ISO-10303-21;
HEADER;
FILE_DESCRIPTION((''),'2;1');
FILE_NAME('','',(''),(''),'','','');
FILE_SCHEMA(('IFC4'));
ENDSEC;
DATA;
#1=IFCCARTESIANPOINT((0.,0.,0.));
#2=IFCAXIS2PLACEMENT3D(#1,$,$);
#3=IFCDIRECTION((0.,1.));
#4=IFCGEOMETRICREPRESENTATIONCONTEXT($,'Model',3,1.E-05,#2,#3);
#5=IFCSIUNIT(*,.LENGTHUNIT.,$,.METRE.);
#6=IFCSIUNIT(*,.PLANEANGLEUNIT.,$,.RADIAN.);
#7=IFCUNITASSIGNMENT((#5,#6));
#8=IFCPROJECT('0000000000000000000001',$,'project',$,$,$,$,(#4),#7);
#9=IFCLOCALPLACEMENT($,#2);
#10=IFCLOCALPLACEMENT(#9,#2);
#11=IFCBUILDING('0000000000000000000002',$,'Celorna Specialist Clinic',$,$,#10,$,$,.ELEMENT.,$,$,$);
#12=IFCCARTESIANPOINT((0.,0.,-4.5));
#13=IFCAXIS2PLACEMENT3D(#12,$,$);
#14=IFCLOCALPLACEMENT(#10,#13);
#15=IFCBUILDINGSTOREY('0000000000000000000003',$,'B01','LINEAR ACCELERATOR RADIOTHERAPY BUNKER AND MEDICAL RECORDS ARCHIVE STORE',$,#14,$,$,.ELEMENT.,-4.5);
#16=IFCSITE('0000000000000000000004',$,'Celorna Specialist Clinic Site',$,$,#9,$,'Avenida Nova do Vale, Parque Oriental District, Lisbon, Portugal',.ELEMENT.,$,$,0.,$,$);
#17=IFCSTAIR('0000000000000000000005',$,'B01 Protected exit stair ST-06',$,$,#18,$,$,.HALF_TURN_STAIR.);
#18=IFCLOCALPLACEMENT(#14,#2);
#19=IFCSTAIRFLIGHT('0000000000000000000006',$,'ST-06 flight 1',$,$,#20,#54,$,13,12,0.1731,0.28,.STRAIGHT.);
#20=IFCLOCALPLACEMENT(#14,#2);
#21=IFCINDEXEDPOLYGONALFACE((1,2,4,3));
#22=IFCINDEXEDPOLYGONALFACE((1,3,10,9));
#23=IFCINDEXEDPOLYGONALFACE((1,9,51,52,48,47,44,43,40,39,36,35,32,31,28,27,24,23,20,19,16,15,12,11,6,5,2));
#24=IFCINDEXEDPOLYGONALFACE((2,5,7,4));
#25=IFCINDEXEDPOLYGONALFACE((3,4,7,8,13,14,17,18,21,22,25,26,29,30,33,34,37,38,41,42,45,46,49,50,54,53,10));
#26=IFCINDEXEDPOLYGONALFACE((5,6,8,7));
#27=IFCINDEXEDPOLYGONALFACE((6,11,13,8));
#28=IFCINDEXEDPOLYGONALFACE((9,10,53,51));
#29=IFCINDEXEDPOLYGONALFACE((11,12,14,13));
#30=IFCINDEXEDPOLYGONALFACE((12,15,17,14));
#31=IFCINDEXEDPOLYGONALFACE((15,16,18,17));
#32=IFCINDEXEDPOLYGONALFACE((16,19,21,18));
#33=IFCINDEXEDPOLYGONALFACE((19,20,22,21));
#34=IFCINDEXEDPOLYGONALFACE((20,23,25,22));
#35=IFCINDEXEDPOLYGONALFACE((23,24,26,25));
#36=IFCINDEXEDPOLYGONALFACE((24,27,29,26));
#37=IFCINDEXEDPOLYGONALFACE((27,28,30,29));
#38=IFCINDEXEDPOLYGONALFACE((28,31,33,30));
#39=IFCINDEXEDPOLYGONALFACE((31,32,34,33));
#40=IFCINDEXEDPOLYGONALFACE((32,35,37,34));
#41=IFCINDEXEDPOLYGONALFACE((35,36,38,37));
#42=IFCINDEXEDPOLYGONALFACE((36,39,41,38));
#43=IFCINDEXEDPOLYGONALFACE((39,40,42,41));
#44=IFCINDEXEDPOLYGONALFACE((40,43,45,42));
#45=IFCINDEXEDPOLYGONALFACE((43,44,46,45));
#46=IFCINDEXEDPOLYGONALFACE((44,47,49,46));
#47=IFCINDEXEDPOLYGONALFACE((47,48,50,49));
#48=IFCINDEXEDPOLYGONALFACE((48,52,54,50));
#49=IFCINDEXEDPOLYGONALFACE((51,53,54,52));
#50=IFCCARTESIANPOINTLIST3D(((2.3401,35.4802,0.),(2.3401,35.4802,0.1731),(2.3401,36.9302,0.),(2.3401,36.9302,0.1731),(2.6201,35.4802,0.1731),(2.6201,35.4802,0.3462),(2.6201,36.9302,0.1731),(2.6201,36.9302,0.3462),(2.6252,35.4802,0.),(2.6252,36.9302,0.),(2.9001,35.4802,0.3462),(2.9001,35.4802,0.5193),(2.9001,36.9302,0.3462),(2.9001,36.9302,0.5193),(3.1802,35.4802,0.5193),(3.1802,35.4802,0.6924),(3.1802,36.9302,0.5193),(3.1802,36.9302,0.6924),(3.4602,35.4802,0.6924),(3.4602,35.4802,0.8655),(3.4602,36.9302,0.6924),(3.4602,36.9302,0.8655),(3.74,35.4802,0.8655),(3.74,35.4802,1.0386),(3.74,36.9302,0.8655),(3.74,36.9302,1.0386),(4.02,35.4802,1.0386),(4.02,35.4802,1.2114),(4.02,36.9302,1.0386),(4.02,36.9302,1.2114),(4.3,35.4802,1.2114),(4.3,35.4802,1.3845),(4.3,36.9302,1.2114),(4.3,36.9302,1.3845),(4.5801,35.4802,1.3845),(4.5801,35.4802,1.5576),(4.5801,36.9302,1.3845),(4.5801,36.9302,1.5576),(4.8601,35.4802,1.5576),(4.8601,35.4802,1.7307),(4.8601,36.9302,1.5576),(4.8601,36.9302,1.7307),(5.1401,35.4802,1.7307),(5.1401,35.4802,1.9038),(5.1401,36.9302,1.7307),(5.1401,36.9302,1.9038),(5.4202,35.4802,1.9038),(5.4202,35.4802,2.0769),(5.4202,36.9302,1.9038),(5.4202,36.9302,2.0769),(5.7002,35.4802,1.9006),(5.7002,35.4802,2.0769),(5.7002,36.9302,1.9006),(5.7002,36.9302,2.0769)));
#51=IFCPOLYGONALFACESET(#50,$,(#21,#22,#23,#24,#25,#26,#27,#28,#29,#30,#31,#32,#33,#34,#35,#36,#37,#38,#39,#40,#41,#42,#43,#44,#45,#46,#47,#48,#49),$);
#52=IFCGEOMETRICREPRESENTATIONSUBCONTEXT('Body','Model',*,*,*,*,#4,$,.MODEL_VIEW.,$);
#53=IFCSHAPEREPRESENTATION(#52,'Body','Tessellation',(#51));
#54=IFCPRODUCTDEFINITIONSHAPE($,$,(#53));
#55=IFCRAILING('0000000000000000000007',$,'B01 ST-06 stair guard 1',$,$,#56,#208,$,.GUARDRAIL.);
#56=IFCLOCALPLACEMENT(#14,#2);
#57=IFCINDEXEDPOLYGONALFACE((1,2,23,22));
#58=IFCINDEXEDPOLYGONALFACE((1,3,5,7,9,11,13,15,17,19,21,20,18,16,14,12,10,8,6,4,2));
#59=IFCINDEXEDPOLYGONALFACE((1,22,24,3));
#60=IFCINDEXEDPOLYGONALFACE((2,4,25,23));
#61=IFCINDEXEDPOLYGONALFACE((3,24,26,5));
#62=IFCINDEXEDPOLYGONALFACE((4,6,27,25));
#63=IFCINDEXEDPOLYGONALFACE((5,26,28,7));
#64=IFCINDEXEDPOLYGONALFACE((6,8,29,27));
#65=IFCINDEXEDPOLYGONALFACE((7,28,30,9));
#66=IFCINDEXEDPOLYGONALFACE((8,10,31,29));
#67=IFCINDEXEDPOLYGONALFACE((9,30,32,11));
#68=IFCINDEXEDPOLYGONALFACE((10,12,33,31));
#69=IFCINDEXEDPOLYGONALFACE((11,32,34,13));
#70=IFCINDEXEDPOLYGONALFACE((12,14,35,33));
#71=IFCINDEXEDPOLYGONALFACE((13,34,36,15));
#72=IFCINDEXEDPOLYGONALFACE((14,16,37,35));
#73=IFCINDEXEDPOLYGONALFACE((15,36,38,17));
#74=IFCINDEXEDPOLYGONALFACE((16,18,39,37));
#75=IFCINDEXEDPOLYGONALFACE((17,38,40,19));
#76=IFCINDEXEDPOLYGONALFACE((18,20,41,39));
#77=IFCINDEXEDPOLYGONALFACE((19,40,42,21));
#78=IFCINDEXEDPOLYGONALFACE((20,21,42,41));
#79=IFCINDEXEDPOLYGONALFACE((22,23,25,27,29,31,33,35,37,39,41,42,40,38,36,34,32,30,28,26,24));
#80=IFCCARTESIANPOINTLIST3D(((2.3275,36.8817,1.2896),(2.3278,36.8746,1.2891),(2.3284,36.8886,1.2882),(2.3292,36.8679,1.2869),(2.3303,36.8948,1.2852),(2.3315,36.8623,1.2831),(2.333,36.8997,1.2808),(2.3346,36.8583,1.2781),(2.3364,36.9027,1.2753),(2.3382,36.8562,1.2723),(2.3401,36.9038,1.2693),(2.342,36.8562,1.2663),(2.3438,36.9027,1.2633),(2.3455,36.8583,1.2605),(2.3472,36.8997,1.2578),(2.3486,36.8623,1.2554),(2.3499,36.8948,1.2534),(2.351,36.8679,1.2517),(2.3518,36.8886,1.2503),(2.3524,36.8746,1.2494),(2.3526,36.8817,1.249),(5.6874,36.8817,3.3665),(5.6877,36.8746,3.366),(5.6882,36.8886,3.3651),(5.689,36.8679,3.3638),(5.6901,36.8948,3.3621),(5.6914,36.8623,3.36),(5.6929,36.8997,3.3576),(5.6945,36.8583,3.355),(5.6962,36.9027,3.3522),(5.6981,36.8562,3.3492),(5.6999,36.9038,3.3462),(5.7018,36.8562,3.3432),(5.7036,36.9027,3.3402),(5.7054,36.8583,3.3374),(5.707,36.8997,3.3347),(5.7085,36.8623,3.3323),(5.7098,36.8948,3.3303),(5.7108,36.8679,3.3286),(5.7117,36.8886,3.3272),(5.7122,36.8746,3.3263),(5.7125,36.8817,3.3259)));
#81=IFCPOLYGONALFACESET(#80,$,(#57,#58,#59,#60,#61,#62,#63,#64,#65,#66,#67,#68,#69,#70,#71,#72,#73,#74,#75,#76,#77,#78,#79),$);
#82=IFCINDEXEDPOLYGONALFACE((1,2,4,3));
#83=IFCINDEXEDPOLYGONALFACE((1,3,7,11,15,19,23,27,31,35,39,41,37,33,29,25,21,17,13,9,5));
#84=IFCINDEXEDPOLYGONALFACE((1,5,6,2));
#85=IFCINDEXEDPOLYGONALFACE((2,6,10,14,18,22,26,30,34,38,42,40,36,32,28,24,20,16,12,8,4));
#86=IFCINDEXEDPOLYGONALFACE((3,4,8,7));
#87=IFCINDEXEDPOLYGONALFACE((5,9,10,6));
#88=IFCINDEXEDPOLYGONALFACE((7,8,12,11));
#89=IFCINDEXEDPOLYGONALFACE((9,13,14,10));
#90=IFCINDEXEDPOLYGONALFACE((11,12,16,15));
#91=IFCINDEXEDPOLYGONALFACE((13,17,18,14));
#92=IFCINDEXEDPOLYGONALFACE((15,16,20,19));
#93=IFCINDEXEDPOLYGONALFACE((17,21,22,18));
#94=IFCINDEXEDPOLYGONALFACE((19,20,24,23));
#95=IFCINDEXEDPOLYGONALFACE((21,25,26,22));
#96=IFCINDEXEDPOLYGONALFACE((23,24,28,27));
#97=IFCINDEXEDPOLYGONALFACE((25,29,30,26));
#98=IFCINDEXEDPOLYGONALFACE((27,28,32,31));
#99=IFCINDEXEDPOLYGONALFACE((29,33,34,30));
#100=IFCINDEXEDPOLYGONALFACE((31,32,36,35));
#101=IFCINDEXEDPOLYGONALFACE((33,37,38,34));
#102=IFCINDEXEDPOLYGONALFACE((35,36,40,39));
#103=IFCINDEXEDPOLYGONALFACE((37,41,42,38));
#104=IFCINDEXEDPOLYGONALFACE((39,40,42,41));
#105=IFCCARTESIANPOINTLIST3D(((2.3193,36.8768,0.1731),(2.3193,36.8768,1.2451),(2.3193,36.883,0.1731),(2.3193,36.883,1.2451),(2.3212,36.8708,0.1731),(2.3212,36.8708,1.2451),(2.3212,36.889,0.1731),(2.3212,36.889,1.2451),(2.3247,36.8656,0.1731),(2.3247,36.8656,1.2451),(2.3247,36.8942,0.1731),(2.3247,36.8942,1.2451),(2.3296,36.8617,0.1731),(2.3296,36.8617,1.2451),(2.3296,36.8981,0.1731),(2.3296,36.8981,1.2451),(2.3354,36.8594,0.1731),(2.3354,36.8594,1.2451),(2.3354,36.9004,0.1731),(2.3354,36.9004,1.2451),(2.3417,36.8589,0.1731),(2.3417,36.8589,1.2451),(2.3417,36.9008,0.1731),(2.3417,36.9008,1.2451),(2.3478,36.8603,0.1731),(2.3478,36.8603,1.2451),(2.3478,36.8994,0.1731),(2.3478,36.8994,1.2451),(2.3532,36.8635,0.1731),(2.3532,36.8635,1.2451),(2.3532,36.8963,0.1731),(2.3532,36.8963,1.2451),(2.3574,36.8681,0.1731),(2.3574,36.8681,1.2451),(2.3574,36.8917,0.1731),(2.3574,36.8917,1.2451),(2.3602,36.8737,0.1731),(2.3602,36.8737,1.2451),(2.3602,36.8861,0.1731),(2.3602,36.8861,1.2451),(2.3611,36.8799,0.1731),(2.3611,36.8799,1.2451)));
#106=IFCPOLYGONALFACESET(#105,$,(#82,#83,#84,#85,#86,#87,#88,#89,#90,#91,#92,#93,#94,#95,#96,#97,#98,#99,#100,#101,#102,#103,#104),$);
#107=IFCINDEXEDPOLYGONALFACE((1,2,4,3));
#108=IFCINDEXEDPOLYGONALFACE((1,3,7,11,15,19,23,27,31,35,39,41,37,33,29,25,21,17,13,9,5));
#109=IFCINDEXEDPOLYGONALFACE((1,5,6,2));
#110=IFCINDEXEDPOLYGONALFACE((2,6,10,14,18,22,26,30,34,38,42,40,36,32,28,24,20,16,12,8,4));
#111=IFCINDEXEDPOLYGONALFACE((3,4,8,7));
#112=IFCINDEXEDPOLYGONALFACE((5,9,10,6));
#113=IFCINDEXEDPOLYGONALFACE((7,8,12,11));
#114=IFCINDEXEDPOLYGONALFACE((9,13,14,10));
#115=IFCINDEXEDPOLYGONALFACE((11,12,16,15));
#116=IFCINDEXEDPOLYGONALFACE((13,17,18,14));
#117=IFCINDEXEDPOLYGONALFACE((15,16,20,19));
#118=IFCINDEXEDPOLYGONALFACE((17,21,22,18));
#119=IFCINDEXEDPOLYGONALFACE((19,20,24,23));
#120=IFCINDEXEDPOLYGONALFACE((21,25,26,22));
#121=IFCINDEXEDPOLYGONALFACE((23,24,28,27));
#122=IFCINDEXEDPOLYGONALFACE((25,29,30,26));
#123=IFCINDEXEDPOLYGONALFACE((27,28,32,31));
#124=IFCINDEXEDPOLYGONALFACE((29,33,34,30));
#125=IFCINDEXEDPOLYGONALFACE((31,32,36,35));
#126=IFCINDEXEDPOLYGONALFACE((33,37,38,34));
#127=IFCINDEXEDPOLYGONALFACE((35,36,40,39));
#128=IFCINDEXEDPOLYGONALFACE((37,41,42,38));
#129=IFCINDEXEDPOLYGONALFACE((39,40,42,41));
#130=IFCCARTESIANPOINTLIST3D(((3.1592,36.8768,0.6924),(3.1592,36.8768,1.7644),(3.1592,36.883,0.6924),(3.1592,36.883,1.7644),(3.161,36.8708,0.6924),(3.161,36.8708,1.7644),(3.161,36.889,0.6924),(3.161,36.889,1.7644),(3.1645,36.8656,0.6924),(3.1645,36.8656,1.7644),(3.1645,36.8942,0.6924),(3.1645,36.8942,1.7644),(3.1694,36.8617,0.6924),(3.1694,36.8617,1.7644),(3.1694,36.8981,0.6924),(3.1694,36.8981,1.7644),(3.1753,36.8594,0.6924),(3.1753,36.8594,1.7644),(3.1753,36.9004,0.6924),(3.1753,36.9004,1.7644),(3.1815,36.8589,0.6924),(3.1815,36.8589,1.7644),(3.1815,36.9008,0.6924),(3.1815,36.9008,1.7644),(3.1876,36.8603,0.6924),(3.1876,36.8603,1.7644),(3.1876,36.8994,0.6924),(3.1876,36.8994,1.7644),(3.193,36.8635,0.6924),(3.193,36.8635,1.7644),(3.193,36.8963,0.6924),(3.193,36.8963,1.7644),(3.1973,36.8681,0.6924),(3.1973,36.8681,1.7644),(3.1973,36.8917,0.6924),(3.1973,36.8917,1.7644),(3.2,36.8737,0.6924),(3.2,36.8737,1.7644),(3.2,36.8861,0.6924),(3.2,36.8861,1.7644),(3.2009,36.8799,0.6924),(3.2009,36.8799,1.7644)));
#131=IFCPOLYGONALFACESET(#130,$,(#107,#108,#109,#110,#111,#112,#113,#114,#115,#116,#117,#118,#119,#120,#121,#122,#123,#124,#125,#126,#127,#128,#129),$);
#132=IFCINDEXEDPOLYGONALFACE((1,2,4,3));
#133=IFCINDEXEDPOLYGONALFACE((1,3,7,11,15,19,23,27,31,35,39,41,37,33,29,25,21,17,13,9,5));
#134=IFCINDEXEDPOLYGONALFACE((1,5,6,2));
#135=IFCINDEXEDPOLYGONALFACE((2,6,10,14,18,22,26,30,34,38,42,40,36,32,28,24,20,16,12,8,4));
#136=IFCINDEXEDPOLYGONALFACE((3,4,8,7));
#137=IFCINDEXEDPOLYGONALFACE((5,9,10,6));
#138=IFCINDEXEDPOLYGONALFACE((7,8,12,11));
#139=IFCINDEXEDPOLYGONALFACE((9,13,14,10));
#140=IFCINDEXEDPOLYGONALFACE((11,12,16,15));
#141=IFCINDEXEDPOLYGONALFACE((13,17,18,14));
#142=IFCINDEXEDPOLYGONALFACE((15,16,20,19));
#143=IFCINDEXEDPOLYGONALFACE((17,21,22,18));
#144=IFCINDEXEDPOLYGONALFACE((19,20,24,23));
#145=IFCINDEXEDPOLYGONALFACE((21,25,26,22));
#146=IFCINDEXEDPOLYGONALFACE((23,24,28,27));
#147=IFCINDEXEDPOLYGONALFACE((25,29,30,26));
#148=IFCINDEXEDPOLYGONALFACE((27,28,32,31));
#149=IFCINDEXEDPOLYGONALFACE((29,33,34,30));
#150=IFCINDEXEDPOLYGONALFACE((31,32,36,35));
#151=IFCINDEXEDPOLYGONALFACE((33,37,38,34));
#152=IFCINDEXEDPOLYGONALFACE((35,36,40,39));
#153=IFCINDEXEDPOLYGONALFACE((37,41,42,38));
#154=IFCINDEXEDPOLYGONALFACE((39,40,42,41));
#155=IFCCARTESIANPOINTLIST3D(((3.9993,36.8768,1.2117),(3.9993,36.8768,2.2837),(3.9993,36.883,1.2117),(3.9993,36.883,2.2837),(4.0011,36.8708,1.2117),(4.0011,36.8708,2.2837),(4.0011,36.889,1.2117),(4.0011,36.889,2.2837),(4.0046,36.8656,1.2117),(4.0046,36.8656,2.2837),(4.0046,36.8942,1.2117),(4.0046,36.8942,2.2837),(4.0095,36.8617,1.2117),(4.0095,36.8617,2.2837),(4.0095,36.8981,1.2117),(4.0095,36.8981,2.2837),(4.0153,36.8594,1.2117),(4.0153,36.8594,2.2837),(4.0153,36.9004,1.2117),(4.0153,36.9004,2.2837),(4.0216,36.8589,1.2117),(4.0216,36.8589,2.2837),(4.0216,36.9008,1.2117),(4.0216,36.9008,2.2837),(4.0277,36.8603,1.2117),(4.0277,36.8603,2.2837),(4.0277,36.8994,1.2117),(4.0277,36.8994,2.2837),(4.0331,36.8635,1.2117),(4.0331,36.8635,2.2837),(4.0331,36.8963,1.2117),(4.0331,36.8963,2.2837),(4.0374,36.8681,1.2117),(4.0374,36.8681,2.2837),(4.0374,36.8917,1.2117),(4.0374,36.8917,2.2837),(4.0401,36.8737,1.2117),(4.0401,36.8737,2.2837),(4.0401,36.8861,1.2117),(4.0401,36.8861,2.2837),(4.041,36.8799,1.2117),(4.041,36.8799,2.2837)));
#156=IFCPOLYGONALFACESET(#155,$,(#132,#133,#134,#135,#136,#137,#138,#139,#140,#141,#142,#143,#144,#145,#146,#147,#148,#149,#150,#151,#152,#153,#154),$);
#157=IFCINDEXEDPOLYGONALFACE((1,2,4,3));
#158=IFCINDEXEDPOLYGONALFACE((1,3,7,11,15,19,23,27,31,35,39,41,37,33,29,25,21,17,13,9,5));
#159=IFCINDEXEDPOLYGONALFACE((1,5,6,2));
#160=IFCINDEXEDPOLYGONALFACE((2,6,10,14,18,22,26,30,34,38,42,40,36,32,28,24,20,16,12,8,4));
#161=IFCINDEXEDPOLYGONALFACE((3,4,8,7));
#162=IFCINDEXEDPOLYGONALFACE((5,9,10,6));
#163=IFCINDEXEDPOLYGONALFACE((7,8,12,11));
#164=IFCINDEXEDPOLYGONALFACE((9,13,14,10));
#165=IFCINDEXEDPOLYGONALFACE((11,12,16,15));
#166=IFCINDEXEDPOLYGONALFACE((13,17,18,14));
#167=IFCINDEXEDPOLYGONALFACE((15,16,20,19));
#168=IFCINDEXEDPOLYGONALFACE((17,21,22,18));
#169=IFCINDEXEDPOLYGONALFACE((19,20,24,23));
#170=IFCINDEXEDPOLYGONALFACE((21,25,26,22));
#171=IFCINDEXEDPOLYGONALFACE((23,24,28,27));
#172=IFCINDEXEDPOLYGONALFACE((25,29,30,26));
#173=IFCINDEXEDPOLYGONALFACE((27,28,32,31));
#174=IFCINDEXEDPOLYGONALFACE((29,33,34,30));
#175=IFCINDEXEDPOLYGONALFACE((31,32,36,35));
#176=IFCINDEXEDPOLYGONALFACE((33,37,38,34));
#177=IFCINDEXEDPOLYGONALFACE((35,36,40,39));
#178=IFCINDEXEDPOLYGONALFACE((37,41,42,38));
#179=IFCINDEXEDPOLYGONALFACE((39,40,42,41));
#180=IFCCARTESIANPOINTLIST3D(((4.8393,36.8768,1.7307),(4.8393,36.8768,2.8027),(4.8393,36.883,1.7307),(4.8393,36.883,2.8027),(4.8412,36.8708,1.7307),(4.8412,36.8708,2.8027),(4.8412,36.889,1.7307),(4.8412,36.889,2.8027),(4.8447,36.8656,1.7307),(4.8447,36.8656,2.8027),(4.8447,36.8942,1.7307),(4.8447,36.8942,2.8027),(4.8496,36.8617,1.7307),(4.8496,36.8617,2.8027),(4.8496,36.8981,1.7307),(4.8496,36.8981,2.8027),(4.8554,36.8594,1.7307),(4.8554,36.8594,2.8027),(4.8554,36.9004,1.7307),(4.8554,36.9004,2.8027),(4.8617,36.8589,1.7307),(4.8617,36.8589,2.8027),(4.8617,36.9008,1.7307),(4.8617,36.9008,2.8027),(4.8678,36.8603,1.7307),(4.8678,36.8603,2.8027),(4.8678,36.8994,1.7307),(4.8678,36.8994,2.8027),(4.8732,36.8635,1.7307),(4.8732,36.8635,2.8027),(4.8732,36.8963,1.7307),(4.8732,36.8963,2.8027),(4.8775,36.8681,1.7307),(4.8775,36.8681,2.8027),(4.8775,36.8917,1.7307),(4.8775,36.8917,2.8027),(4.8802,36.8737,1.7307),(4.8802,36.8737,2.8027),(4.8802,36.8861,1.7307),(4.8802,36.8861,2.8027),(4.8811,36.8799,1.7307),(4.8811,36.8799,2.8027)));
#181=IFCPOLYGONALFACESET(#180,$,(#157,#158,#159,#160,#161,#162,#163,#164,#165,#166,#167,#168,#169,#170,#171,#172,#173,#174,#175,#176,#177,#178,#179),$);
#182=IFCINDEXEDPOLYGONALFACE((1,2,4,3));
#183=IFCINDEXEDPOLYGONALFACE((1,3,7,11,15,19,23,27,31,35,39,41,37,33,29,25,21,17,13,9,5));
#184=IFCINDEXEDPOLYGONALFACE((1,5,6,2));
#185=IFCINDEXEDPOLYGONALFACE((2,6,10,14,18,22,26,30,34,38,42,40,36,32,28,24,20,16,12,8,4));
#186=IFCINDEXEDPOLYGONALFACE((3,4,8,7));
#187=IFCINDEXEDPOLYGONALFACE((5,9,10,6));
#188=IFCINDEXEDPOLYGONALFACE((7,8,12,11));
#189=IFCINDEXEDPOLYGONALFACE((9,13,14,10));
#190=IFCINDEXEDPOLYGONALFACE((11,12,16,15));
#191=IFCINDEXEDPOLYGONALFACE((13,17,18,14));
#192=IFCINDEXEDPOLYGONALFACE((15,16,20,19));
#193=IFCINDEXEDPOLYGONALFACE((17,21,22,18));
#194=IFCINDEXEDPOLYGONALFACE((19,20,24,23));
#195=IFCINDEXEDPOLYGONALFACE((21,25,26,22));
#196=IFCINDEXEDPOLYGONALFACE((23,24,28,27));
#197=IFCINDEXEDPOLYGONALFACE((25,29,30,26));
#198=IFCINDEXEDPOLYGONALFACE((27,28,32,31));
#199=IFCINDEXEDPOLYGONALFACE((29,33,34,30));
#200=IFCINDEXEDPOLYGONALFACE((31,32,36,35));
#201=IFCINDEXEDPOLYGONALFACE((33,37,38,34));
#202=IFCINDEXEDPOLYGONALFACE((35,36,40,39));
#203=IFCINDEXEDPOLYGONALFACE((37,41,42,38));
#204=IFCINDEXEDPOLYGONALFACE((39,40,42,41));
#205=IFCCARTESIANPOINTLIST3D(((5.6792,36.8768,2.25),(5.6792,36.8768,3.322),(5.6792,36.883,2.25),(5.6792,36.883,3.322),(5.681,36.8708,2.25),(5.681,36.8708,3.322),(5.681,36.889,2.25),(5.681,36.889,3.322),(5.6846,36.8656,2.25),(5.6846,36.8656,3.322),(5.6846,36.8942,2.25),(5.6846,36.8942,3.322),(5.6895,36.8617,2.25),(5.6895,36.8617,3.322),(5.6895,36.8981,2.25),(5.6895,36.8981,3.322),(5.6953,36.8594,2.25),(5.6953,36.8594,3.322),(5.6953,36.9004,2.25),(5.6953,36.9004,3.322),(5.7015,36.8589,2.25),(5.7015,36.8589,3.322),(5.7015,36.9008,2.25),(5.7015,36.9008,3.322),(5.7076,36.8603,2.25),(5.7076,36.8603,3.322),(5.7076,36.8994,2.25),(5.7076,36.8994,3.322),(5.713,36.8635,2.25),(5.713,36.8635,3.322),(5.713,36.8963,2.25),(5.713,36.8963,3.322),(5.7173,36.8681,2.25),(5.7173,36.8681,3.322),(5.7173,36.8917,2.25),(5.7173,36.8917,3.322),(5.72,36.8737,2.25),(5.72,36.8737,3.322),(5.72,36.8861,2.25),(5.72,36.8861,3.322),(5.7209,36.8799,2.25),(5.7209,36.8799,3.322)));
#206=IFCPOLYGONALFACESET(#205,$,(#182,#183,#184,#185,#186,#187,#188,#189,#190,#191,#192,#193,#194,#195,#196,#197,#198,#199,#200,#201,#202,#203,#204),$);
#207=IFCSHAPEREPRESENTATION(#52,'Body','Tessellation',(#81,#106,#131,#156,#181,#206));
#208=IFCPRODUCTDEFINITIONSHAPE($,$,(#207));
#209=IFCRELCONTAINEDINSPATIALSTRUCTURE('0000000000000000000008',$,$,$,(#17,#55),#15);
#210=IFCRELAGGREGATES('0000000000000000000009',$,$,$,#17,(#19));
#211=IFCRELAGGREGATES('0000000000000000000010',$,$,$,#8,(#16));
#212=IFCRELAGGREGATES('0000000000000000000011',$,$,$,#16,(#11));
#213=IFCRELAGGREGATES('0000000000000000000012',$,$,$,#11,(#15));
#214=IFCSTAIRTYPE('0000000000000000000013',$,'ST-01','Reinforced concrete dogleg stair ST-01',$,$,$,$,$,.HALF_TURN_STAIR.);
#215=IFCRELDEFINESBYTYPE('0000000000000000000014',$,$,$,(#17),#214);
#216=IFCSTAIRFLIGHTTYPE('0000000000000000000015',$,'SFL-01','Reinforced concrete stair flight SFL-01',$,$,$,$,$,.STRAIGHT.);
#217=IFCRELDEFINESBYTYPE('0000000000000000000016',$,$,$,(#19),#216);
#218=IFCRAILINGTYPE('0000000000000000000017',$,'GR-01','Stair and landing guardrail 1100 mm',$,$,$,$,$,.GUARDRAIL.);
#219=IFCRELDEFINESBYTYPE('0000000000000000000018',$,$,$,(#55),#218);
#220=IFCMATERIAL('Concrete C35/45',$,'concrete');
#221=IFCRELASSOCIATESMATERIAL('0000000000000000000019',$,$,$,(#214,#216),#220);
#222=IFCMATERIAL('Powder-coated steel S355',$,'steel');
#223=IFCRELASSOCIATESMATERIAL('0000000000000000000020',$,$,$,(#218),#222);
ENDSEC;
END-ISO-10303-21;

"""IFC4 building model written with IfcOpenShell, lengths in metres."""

from ifc_helpers import new_model, si_unit, direction, frame, origin, origin_2d, place, context, subcontext, project, spatial, polyline, circle, outline, extrude, material, type_object, element, aggregate, save


model = new_model("IFC4")

# Units and contexts
model_context = context("Model", 3, precision=1e-05, world=origin(), true_north=direction((0.0, 1.0)))
body_context = subcontext(model_context, "Body", "Model", "MODEL_VIEW")
ifc_project = project(units=[si_unit("LENGTHUNIT", "METRE"), si_unit("PLANEANGLEUNIT", "RADIAN")], contexts=[model_context])

# Site, building, storey
site_placement = place(None, origin())
site = spatial("IfcSite", under=ifc_project, at=site_placement, Name="Celorna Specialist Clinic Site", LongName="Avenida Nova do Vale, Parque Oriental District, Lisbon, Portugal", CompositionType="ELEMENT", RefElevation=0.0)
building_placement = place(site_placement, origin())
building = spatial("IfcBuilding", under=site, at=building_placement, Name="Celorna Specialist Clinic", CompositionType="ELEMENT")
storey_placement = place(building_placement, frame((0.0, 0.0, -4.5)))
storey = spatial("IfcBuildingStorey", under=building, at=storey_placement, Name="B01", Description="LINEAR ACCELERATOR RADIOTHERAPY BUNKER AND MEDICAL RECORDS ARCHIVE STORE", CompositionType="ELEMENT", Elevation=-4.5)

# Shared definitions
ifc_material_1 = material(Name="Concrete C35/45", Category="concrete")

# Stair, stair flight
stair_type = type_object("IfcStairType", Name="ST-01", Description="Reinforced concrete dogleg stair ST-01", PredefinedType="HALF_TURN_STAIR", material=ifc_material_1)
stair_placement = place(storey_placement, origin())
stair = element("IfcStair", 1, at=stair_placement, inside=storey, type_object=stair_type, Name="B01 Protected exit stair ST-06", PredefinedType="HALF_TURN_STAIR")
stair_flight_type = type_object("IfcStairFlightType", Name="SFL-01", Description="Reinforced concrete stair flight SFL-01", PredefinedType="STRAIGHT", material=ifc_material_1)
stair_flight_placement = place(storey_placement, frame((2.3401, 36.2051, 0.0), z_axis=(0.0, 0.0, 1.0), x_axis=(1.0, 0.0, 0.0)))
stair_flight = element("IfcStairFlight", 2, at=stair_flight_placement, type_object=stair_flight_type, Name="ST-06 flight 1", NumberOfRisers=13, NumberOfTreads=12, PredefinedType="STRAIGHT", RiserHeight=0.1731, TreadLength=0.28, context=body_context, shape_type="SweptSolid", body=[
    extrude(outline(polyline([(0.0, 0.0), (0.0, 0.1731), (0.28, 0.1731), (0.28, 0.3462), (0.5601, 0.3462), (0.5601, 0.5193), (0.8401, 0.5193), (0.8401, 0.6924), (1.1201, 0.6924), (1.1201, 0.8655), (1.3999, 0.8655), (1.3999, 1.0386), (1.6799, 1.0386), (1.6799, 1.2114), (1.96, 1.2114), (1.96, 1.3845), (2.24, 1.3845), (2.24, 1.5576), (2.52, 1.5576), (2.52, 1.7307), (2.8, 1.7307), (2.8, 1.9038), (3.0801, 1.9038), (3.0801, 2.0769), (3.3601, 2.0769), (3.3601, 2.25), (3.3601, 1.9006), (0.2852, 0.0), (0.0, 0.0)])), frame((0.0, 0.7251, 0.0), z_axis=(0.0, -1.0, 0.0), x_axis=(1.0, 0.0, 0.0)), (0.0, 0.0, 1.0), 1.45),
])
aggregate(stair, [stair_flight])

# Railing
ifc_material_2 = material(Name="Powder-coated steel S355", Category="steel")
railing_type_1 = type_object("IfcRailingType", Name="GR-01", Description="Stair and landing guardrail 1100 mm", PredefinedType="GUARDRAIL", material=ifc_material_2)
railing_1_placement = place(storey_placement, frame((2.3401, 36.8799, 0.1731)))
element("IfcRailing", 3, at=railing_1_placement, inside=storey, type_object=railing_type_1, Name="B01 ST-06 stair guard 1", PredefinedType="GUARDRAIL", context=body_context, shape_type="SweptSolid", body=[
    extrude(circle(Radius=0.0239, at=origin_2d()), frame((0.0, 0.0, 1.0962), z_axis=(0.850606, 0.0, 0.525803), x_axis=(0.0, 1.0, 0.0)), (0.0, 0.0, 1.0), 3.95),
    extrude(circle(Radius=0.021, at=origin_2d()), origin(), (0.0, 0.0, 1.0), 1.072),
    extrude(circle(Radius=0.021, at=origin_2d()), frame((0.8398, 0.0, 0.5193)), (0.0, 0.0, 1.0), 1.072),
    extrude(circle(Radius=0.021, at=origin_2d()), frame((1.6799, 0.0, 1.0386)), (0.0, 0.0, 1.0), 1.072),
    extrude(circle(Radius=0.021, at=origin_2d()), frame((2.52, 0.0, 1.5576)), (0.0, 0.0, 1.0), 1.072),
    extrude(circle(Radius=0.021, at=origin_2d()), frame((3.3599, 0.0, 2.0769)), (0.0, 0.0, 1.0), 1.072),
])

save(model, "model.ifc")
